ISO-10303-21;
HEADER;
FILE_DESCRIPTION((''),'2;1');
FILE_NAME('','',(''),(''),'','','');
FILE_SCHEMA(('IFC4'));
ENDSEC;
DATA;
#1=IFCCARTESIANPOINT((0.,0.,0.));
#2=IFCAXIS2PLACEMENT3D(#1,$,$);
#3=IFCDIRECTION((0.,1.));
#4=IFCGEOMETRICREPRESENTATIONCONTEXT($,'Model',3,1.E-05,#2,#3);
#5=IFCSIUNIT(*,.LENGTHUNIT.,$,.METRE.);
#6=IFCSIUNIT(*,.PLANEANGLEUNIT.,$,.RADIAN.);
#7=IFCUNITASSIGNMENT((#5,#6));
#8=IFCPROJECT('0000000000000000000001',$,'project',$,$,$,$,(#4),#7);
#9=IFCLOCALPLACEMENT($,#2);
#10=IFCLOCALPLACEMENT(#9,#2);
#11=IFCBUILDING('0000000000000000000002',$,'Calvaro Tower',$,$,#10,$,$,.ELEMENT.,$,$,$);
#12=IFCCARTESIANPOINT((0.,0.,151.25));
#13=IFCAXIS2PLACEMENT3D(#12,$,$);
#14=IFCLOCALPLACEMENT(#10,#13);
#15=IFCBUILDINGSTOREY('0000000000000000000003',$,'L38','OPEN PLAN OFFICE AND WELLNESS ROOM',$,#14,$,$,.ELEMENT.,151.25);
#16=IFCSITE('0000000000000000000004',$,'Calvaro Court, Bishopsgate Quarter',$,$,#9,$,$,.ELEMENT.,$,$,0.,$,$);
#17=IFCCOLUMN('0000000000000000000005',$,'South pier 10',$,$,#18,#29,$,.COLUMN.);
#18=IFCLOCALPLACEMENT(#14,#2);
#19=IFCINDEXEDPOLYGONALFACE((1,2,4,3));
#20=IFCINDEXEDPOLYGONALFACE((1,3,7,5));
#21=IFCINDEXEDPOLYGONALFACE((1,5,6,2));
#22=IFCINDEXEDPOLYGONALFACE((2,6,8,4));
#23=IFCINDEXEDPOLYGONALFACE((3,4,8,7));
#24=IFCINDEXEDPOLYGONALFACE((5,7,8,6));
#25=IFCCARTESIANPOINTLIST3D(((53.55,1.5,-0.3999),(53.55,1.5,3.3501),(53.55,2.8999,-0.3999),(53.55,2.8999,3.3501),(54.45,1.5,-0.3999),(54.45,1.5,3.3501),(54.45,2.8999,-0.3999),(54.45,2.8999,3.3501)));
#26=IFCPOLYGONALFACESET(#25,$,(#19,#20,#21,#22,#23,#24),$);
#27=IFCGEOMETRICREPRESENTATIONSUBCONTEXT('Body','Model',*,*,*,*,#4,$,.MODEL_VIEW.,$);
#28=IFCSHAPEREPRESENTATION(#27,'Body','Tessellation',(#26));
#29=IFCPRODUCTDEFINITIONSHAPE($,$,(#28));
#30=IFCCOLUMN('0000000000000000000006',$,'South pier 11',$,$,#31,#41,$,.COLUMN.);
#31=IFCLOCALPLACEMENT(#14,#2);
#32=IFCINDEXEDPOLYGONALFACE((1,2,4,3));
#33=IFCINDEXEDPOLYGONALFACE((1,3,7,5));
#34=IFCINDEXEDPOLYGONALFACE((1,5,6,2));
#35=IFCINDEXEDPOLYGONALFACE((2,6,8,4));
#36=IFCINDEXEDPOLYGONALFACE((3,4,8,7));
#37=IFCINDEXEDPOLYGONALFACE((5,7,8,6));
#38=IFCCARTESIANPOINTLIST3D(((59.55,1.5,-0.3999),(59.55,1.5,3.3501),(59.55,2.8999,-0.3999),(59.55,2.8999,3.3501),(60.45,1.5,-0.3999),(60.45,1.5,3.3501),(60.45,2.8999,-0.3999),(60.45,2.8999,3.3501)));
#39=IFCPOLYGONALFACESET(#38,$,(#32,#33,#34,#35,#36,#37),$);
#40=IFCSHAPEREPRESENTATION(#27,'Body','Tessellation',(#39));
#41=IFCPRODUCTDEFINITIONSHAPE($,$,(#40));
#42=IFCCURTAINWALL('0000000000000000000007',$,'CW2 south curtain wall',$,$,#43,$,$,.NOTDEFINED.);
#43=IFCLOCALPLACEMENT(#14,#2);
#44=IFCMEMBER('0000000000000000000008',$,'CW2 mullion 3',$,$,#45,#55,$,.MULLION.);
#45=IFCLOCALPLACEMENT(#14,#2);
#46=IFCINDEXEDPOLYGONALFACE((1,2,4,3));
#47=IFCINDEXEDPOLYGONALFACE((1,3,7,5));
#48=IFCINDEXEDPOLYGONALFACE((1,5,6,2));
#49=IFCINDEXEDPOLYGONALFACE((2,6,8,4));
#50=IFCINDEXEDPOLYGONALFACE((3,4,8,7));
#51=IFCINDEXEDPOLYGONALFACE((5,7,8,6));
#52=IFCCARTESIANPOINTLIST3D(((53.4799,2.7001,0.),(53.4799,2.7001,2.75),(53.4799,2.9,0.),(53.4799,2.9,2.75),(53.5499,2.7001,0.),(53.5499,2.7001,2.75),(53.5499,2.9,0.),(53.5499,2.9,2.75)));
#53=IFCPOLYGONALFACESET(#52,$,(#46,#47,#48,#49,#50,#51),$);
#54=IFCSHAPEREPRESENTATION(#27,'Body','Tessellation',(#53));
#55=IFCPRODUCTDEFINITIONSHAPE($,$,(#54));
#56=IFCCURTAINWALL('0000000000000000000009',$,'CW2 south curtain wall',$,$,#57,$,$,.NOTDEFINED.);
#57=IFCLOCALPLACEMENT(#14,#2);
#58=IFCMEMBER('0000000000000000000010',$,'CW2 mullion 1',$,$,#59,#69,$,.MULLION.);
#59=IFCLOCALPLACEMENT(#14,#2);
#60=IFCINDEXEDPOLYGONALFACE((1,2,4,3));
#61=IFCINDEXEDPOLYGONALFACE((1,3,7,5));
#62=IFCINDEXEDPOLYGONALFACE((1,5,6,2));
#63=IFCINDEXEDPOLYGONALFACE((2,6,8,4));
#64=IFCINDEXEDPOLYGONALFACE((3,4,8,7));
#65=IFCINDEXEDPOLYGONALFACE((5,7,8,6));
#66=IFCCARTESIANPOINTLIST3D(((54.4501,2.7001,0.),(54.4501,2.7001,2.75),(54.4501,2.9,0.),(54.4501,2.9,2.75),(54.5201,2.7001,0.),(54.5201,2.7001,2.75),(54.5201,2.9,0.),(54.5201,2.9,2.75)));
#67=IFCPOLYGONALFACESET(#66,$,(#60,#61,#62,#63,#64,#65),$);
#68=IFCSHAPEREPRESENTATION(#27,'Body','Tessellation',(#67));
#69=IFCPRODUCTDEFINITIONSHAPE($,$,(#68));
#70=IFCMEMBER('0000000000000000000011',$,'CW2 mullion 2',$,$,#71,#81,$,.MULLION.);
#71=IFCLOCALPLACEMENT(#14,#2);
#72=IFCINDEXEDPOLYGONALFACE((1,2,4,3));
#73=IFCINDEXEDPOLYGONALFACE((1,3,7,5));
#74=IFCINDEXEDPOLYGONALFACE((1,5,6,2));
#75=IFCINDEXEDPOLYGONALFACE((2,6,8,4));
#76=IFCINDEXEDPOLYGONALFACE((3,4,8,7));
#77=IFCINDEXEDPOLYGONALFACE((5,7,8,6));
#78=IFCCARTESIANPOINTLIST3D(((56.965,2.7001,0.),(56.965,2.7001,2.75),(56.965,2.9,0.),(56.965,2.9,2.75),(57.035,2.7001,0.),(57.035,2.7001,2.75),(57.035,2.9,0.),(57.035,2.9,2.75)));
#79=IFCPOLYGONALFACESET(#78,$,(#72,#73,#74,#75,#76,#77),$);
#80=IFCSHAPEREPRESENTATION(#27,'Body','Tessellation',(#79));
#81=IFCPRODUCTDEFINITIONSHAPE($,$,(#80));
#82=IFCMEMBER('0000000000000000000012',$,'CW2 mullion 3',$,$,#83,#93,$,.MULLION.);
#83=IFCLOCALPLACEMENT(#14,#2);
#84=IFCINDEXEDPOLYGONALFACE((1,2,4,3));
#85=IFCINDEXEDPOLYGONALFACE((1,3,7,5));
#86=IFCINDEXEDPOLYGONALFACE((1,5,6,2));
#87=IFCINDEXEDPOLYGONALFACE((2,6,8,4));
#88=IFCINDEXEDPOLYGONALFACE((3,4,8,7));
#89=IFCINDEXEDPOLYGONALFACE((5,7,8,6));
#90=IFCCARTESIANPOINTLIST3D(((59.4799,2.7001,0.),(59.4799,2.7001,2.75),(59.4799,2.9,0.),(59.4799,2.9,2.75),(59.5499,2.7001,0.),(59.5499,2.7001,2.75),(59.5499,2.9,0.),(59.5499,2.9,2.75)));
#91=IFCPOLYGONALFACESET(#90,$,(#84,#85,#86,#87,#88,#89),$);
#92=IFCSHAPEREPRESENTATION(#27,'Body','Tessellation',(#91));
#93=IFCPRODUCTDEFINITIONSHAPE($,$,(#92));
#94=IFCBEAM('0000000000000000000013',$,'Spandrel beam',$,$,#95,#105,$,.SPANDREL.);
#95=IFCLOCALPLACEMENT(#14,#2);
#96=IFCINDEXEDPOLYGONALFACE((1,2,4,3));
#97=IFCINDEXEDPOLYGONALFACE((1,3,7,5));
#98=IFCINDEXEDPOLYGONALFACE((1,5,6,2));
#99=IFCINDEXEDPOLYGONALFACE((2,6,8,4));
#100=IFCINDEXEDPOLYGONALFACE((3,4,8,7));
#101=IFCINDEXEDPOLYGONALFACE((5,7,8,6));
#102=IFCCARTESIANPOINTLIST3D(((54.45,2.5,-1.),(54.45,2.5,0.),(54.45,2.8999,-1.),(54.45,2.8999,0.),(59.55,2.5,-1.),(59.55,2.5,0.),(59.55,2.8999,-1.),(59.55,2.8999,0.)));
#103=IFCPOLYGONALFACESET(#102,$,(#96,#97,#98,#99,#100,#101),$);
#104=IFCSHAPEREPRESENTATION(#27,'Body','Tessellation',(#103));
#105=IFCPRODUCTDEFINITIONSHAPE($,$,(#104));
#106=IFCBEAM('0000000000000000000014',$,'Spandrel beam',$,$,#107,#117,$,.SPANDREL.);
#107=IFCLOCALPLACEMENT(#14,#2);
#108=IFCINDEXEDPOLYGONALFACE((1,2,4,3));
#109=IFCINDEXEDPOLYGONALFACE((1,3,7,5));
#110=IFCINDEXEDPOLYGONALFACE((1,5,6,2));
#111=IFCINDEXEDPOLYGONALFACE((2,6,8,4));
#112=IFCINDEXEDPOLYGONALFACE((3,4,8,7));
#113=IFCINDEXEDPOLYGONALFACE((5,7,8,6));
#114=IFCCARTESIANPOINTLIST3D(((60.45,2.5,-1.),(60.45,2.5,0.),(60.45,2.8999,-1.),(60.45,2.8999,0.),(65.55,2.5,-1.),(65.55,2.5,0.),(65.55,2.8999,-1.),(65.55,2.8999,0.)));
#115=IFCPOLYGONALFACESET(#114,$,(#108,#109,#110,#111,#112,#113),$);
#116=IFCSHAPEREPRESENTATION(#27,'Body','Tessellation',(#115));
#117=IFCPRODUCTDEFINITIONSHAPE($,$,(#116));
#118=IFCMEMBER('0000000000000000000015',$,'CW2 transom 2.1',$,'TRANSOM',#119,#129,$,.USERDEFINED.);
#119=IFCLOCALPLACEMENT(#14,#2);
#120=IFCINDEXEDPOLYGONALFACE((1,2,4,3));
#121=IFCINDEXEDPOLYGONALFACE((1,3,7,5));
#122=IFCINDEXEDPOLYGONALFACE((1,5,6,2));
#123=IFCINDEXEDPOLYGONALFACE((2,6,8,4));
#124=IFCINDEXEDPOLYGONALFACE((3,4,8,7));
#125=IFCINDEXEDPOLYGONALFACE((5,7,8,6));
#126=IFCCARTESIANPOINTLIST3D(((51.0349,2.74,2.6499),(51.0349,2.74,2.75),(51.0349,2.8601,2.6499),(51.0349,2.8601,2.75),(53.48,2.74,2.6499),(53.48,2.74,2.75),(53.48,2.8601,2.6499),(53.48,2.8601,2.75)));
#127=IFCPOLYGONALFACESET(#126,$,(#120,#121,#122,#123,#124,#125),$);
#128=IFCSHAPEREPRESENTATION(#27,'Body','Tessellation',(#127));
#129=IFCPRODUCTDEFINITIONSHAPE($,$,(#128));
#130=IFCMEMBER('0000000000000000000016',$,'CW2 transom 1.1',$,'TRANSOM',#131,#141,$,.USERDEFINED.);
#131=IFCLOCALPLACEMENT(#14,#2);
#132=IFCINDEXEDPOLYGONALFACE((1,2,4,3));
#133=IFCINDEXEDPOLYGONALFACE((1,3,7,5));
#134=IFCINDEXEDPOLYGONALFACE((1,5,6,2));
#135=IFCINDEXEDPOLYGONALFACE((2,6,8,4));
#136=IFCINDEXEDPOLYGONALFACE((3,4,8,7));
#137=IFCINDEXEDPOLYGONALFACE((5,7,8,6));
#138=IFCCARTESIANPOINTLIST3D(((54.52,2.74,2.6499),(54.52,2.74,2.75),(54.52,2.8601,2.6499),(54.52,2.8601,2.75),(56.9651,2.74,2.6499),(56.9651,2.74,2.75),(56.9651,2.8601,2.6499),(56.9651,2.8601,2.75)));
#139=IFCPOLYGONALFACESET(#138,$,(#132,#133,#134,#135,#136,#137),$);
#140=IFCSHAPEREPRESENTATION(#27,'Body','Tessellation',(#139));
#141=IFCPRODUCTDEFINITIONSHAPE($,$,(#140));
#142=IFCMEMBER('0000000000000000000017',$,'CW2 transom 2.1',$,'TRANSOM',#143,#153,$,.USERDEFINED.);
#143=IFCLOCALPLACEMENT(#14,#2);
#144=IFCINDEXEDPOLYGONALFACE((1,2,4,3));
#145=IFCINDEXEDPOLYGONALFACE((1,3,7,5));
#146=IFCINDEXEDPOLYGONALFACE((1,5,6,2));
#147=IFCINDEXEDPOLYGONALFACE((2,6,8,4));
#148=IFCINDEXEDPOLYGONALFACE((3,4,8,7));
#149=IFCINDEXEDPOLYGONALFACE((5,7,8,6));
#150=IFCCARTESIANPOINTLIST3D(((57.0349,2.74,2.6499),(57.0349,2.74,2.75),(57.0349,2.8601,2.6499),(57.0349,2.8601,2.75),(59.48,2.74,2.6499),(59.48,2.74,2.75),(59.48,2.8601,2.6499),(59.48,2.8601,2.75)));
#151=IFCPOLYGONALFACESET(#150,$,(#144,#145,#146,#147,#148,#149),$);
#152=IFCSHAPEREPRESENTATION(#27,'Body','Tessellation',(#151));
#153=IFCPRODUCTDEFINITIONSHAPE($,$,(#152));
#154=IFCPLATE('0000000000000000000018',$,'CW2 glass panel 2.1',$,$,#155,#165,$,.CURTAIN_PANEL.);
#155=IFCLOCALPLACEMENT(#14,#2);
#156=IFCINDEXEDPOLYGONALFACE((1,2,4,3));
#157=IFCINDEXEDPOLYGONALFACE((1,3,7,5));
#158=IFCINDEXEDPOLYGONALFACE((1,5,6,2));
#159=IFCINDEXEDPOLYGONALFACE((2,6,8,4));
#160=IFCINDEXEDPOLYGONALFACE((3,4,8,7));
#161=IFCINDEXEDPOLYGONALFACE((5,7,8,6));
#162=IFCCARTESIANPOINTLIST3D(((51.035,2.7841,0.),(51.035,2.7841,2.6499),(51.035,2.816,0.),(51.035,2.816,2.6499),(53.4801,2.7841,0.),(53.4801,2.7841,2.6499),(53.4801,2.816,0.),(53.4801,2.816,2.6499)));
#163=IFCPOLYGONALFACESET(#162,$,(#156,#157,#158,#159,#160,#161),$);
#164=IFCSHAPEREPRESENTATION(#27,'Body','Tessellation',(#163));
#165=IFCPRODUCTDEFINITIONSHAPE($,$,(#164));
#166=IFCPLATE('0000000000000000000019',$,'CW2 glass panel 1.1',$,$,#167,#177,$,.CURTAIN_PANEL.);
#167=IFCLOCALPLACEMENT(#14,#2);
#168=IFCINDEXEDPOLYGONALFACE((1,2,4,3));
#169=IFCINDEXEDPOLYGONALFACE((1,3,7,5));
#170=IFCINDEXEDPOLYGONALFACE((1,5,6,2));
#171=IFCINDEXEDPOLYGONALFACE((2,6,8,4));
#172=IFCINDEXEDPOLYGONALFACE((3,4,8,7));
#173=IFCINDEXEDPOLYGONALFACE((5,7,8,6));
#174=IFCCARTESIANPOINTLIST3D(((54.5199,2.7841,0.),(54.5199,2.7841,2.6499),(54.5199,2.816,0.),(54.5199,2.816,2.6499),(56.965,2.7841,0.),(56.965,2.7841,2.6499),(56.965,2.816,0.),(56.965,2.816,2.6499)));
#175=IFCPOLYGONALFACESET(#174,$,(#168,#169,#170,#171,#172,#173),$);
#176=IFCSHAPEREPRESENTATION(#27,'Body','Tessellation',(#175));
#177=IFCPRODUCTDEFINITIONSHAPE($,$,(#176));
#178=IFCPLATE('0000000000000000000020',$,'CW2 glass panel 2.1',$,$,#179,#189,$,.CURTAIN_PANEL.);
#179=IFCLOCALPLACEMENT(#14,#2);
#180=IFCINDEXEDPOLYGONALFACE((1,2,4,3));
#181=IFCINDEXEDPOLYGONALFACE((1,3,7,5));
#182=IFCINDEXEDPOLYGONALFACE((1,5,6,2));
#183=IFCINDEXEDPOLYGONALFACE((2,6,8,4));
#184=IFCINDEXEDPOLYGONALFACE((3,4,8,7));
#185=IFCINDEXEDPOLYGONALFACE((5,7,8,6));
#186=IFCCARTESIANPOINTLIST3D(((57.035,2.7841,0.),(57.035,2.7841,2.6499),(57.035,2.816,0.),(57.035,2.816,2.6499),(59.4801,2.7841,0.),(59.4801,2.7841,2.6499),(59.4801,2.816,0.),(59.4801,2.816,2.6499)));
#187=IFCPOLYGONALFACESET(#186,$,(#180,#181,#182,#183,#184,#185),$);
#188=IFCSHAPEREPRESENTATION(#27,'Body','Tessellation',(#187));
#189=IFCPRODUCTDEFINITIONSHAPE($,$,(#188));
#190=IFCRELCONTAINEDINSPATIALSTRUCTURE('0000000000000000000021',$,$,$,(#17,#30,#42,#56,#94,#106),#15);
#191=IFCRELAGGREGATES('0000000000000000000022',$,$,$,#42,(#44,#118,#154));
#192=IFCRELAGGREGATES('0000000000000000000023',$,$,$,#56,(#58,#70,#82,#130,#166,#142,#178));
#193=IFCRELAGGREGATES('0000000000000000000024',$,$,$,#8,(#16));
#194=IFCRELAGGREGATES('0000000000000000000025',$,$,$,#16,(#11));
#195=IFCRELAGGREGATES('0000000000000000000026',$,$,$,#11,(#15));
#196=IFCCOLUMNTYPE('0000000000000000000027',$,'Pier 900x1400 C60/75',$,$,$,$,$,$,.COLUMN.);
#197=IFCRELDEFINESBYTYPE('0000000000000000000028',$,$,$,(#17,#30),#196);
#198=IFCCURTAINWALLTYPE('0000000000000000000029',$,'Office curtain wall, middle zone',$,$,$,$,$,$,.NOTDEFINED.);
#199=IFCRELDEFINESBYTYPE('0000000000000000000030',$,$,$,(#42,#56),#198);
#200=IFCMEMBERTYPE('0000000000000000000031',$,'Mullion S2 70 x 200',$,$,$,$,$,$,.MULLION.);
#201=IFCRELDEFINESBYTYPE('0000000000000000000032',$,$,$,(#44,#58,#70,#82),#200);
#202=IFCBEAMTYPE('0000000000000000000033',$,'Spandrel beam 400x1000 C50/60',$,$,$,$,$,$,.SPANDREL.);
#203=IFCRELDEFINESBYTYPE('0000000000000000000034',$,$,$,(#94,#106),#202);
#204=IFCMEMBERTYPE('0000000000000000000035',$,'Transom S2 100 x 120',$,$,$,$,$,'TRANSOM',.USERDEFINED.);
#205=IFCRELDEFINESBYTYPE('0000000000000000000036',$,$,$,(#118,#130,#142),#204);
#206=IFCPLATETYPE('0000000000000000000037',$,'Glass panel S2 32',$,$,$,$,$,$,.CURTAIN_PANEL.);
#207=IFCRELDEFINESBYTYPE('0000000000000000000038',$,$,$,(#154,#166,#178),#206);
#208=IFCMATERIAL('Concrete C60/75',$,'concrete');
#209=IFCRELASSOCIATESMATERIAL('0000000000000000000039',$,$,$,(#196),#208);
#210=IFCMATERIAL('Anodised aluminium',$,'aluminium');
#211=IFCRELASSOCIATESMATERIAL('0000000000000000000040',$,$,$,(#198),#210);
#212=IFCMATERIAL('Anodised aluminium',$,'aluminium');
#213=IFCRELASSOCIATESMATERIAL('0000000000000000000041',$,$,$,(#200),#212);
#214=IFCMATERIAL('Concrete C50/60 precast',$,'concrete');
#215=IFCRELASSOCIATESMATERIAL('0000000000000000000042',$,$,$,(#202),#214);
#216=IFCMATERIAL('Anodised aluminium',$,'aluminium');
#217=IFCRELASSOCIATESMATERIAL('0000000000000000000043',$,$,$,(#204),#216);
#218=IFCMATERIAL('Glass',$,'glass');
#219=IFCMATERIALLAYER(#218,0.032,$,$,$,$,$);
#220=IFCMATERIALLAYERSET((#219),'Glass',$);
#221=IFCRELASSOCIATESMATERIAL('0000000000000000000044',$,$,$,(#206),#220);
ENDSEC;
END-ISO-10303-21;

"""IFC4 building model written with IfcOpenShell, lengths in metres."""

from ifc_helpers import new_model, si_unit, direction, frame, origin, origin_2d, place, context, subcontext, project, spatial, rectangle, extrude, material, layer, layer_set, material_profile, profile_set, type_object, element, aggregate, save


model = new_model("IFC4")

# Units and contexts
model_context = context("Model", 3, precision=1e-05, world=origin(), true_north=direction((0.0, 1.0)))
body_context = subcontext(model_context, "Body", "Model", "MODEL_VIEW")
ifc_project = project(units=[si_unit("LENGTHUNIT", "METRE"), si_unit("PLANEANGLEUNIT", "RADIAN")], contexts=[model_context])

# Site, building, storey
site_placement = place(None, origin())
site = spatial("IfcSite", under=ifc_project, at=site_placement, Name="Calvaro Court, Bishopsgate Quarter", CompositionType="ELEMENT", RefElevation=0.0)
building_placement = place(site_placement, origin())
building = spatial("IfcBuilding", under=site, at=building_placement, Name="Calvaro Tower", CompositionType="ELEMENT")
storey_placement = place(building_placement, frame((0.0, 0.0, 151.25)))
storey = spatial("IfcBuildingStorey", under=building, at=storey_placement, Name="L38", Description="OPEN PLAN OFFICE AND WELLNESS ROOM", CompositionType="ELEMENT", Elevation=151.25)

# Columns
ifc_material_1 = material(Name="Concrete C60/75", Category="concrete")
ifc_material_profile_1 = material_profile(ifc_material_1, rectangle(XDim=0.8999, YDim=1.3999, at=origin_2d()), Name="RC 900x1400")
ifc_profile_set_1 = profile_set([ifc_material_profile_1], Name="Concrete C60/75")
column_type = type_object("IfcColumnType", Name="Pier 900x1400 C60/75", PredefinedType="COLUMN", material=ifc_profile_set_1)
for number, where, z_axis, x_axis, name in (
    (1, (54.0, 2.2, -0.3999), (0.0, 0.0, 1.0), (1.0, 0.0, 0.0), "South pier 10"),
    (2, (60.0, 2.2, -0.3999), (0.0, 0.0, 1.0), (1.0, 0.0, 0.0), "South pier 11"),
):
    element("IfcColumn", number, at=place(storey_placement, frame(where, z_axis=z_axis, x_axis=x_axis)), inside=storey, type_object=column_type, Name=name, PredefinedType="COLUMN", context=body_context, shape_type="SweptSolid", body=[
        extrude(rectangle(XDim=0.8999, YDim=1.3999, at=origin_2d()), origin(), (0.0, 0.0, 1.0), 3.75),
    ])

# Curtain wall, member
ifc_material_2 = material(Name="Anodised aluminium", Category="aluminium")
curtain_wall_type = type_object("IfcCurtainWallType", Name="Office curtain wall, middle zone", PredefinedType="NOTDEFINED", material=ifc_material_2)
curtain_wall_1_placement = place(storey_placement, origin())
curtain_wall_1 = element("IfcCurtainWall", 3, at=curtain_wall_1_placement, inside=storey, type_object=curtain_wall_type, Name="CW2 south curtain wall", PredefinedType="NOTDEFINED")
ifc_material_3 = material(Name="Anodised aluminium", Category="aluminium")
ifc_material_profile_2 = material_profile(ifc_material_3, rectangle(XDim=0.2, YDim=0.0701, at=origin_2d()), Name="Mullion S2 70 x 200")
ifc_profile_set_2 = profile_set([ifc_material_profile_2], Name="Anodised aluminium")
member_type_1 = type_object("IfcMemberType", Name="Mullion S2 70 x 200", PredefinedType="MULLION", material=ifc_profile_set_2)
member_1_placement = place(storey_placement, frame((53.5149, 2.8, 0.0), z_axis=(0.0, 0.0, 1.0), x_axis=(0.0, 1.0, 0.0)))
member_1 = element("IfcMember", 4, at=member_1_placement, type_object=member_type_1, Name="CW2 mullion 3", PredefinedType="MULLION", context=body_context, shape_type="SweptSolid", body=[
    extrude(rectangle(XDim=0.2, YDim=0.0701, at=origin_2d()), origin(), (0.0, 0.0, 1.0), 2.75),
])

# Curtain wall, members
curtain_wall_2_placement = place(storey_placement, origin())
curtain_wall_2 = element("IfcCurtainWall", 5, at=curtain_wall_2_placement, inside=storey, type_object=curtain_wall_type, Name="CW2 south curtain wall", PredefinedType="NOTDEFINED")
member_2_placement = place(storey_placement, frame((54.4851, 2.8, 0.0), z_axis=(0.0, 0.0, 1.0), x_axis=(0.0, 1.0, 0.0)))
member_2 = element("IfcMember", 6, at=member_2_placement, type_object=member_type_1, Name="CW2 mullion 1", PredefinedType="MULLION", context=body_context, shape_type="SweptSolid", body=[
    extrude(rectangle(XDim=0.2, YDim=0.0701, at=origin_2d()), origin(), (0.0, 0.0, 1.0), 2.75),
])
member_3_placement = place(storey_placement, frame((57.0, 2.8, 0.0), z_axis=(0.0, 0.0, 1.0), x_axis=(0.0, 1.0, 0.0)))
member_3 = element("IfcMember", 7, at=member_3_placement, type_object=member_type_1, Name="CW2 mullion 2", PredefinedType="MULLION", context=body_context, shape_type="SweptSolid", body=[
    extrude(rectangle(XDim=0.2, YDim=0.0701, at=origin_2d()), origin(), (0.0, 0.0, 1.0), 2.75),
])
member_4_placement = place(storey_placement, frame((59.5149, 2.8, 0.0), z_axis=(0.0, 0.0, 1.0), x_axis=(0.0, 1.0, 0.0)))
member_4 = element("IfcMember", 8, at=member_4_placement, type_object=member_type_1, Name="CW2 mullion 3", PredefinedType="MULLION", context=body_context, shape_type="SweptSolid", body=[
    extrude(rectangle(XDim=0.2, YDim=0.0701, at=origin_2d()), origin(), (0.0, 0.0, 1.0), 2.75),
])

# Beams
ifc_material_4 = material(Name="Concrete C50/60 precast", Category="concrete")
ifc_material_profile_3 = material_profile(ifc_material_4, rectangle(XDim=0.3999, YDim=1.0, at=origin_2d()), Name="RC 400x1000")
ifc_profile_set_3 = profile_set([ifc_material_profile_3], Name="Concrete C50/60 precast")
beam_type = type_object("IfcBeamType", Name="Spandrel beam 400x1000 C50/60", PredefinedType="SPANDREL", material=ifc_profile_set_3)
for number, where, z_axis, x_axis, name in (
    (9, (54.45, 2.7, -0.5), (1.0, 0.0, 0.0), (0.0, 1.0, 0.0), "Spandrel beam"),
    (10, (60.45, 2.7, -0.5), (1.0, 0.0, 0.0), (0.0, 1.0, 0.0), "Spandrel beam"),
):
    element("IfcBeam", number, at=place(storey_placement, frame(where, z_axis=z_axis, x_axis=x_axis)), inside=storey, type_object=beam_type, Name=name, PredefinedType="SPANDREL", context=body_context, shape_type="SweptSolid", body=[
        extrude(rectangle(XDim=0.3999, YDim=1.0, at=origin_2d()), origin(), (0.0, 0.0, 1.0), 5.1001),
    ])

# Members
ifc_material_5 = material(Name="Anodised aluminium", Category="aluminium")
ifc_material_profile_4 = material_profile(ifc_material_5, rectangle(XDim=0.1201, YDim=0.1001, at=origin_2d()), Name="Transom S2 100 x 120")
ifc_profile_set_4 = profile_set([ifc_material_profile_4], Name="Anodised aluminium")
member_type_2 = type_object("IfcMemberType", Name="Transom S2 100 x 120", ElementType="TRANSOM", PredefinedType="USERDEFINED", material=ifc_profile_set_4)
member_5_placement = place(storey_placement, frame((51.0349, 2.8, 2.7), z_axis=(1.0, 0.0, 0.0), x_axis=(0.0, 1.0, 0.0)))
member_5 = element("IfcMember", 11, at=member_5_placement, type_object=member_type_2, Name="CW2 transom 2.1", ObjectType="TRANSOM", PredefinedType="USERDEFINED", context=body_context, shape_type="SweptSolid", body=[
    extrude(rectangle(XDim=0.1201, YDim=0.1001, at=origin_2d()), origin(), (0.0, 0.0, 1.0), 2.4451),
])
member_6_placement = place(storey_placement, frame((54.52, 2.8, 2.7), z_axis=(1.0, 0.0, 0.0), x_axis=(0.0, 1.0, 0.0)))
member_6 = element("IfcMember", 12, at=member_6_placement, type_object=member_type_2, Name="CW2 transom 1.1", ObjectType="TRANSOM", PredefinedType="USERDEFINED", context=body_context, shape_type="SweptSolid", body=[
    extrude(rectangle(XDim=0.1201, YDim=0.1001, at=origin_2d()), origin(), (0.0, 0.0, 1.0), 2.4451),
])
member_7_placement = place(storey_placement, frame((57.0349, 2.8, 2.7), z_axis=(1.0, 0.0, 0.0), x_axis=(0.0, 1.0, 0.0)))
member_7 = element("IfcMember", 13, at=member_7_placement, type_object=member_type_2, Name="CW2 transom 2.1", ObjectType="TRANSOM", PredefinedType="USERDEFINED", context=body_context, shape_type="SweptSolid", body=[
    extrude(rectangle(XDim=0.1201, YDim=0.1001, at=origin_2d()), origin(), (0.0, 0.0, 1.0), 2.4451),
])

# Plates
ifc_material_6 = material(Name="Glass", Category="glass")
ifc_layer = layer(ifc_material_6, 0.032)
ifc_layer_set = layer_set([ifc_layer], Name="Glass")
plate_type = type_object("IfcPlateType", Name="Glass panel S2 32", PredefinedType="CURTAIN_PANEL", material=ifc_layer_set)
plate_1_placement = place(storey_placement, frame((52.2576, 2.8, 0.0), z_axis=(0.0, 0.0, 1.0), x_axis=(1.0, 0.0, 0.0)))
plate_1 = element("IfcPlate", 14, at=plate_1_placement, type_object=plate_type, Name="CW2 glass panel 2.1", PredefinedType="CURTAIN_PANEL", context=body_context, shape_type="SweptSolid", body=[
    extrude(rectangle(XDim=2.4451, YDim=0.032, at=origin_2d()), origin(), (0.0, 0.0, 1.0), 2.6499),
])
aggregate(curtain_wall_1, [member_1, member_5, plate_1])
plate_2_placement = place(storey_placement, frame((55.7424, 2.8, 0.0), z_axis=(0.0, 0.0, 1.0), x_axis=(1.0, 0.0, 0.0)))
plate_2 = element("IfcPlate", 15, at=plate_2_placement, type_object=plate_type, Name="CW2 glass panel 1.1", PredefinedType="CURTAIN_PANEL", context=body_context, shape_type="SweptSolid", body=[
    extrude(rectangle(XDim=2.4451, YDim=0.032, at=origin_2d()), origin(), (0.0, 0.0, 1.0), 2.6499),
])
plate_3_placement = place(storey_placement, frame((58.2576, 2.8, 0.0), z_axis=(0.0, 0.0, 1.0), x_axis=(1.0, 0.0, 0.0)))
plate_3 = element("IfcPlate", 16, at=plate_3_placement, type_object=plate_type, Name="CW2 glass panel 2.1", PredefinedType="CURTAIN_PANEL", context=body_context, shape_type="SweptSolid", body=[
    extrude(rectangle(XDim=2.4451, YDim=0.032, at=origin_2d()), origin(), (0.0, 0.0, 1.0), 2.6499),
])
aggregate(curtain_wall_2, [member_2, member_3, member_4, member_6, plate_2, member_7, plate_3])

save(model, "model.ifc")
